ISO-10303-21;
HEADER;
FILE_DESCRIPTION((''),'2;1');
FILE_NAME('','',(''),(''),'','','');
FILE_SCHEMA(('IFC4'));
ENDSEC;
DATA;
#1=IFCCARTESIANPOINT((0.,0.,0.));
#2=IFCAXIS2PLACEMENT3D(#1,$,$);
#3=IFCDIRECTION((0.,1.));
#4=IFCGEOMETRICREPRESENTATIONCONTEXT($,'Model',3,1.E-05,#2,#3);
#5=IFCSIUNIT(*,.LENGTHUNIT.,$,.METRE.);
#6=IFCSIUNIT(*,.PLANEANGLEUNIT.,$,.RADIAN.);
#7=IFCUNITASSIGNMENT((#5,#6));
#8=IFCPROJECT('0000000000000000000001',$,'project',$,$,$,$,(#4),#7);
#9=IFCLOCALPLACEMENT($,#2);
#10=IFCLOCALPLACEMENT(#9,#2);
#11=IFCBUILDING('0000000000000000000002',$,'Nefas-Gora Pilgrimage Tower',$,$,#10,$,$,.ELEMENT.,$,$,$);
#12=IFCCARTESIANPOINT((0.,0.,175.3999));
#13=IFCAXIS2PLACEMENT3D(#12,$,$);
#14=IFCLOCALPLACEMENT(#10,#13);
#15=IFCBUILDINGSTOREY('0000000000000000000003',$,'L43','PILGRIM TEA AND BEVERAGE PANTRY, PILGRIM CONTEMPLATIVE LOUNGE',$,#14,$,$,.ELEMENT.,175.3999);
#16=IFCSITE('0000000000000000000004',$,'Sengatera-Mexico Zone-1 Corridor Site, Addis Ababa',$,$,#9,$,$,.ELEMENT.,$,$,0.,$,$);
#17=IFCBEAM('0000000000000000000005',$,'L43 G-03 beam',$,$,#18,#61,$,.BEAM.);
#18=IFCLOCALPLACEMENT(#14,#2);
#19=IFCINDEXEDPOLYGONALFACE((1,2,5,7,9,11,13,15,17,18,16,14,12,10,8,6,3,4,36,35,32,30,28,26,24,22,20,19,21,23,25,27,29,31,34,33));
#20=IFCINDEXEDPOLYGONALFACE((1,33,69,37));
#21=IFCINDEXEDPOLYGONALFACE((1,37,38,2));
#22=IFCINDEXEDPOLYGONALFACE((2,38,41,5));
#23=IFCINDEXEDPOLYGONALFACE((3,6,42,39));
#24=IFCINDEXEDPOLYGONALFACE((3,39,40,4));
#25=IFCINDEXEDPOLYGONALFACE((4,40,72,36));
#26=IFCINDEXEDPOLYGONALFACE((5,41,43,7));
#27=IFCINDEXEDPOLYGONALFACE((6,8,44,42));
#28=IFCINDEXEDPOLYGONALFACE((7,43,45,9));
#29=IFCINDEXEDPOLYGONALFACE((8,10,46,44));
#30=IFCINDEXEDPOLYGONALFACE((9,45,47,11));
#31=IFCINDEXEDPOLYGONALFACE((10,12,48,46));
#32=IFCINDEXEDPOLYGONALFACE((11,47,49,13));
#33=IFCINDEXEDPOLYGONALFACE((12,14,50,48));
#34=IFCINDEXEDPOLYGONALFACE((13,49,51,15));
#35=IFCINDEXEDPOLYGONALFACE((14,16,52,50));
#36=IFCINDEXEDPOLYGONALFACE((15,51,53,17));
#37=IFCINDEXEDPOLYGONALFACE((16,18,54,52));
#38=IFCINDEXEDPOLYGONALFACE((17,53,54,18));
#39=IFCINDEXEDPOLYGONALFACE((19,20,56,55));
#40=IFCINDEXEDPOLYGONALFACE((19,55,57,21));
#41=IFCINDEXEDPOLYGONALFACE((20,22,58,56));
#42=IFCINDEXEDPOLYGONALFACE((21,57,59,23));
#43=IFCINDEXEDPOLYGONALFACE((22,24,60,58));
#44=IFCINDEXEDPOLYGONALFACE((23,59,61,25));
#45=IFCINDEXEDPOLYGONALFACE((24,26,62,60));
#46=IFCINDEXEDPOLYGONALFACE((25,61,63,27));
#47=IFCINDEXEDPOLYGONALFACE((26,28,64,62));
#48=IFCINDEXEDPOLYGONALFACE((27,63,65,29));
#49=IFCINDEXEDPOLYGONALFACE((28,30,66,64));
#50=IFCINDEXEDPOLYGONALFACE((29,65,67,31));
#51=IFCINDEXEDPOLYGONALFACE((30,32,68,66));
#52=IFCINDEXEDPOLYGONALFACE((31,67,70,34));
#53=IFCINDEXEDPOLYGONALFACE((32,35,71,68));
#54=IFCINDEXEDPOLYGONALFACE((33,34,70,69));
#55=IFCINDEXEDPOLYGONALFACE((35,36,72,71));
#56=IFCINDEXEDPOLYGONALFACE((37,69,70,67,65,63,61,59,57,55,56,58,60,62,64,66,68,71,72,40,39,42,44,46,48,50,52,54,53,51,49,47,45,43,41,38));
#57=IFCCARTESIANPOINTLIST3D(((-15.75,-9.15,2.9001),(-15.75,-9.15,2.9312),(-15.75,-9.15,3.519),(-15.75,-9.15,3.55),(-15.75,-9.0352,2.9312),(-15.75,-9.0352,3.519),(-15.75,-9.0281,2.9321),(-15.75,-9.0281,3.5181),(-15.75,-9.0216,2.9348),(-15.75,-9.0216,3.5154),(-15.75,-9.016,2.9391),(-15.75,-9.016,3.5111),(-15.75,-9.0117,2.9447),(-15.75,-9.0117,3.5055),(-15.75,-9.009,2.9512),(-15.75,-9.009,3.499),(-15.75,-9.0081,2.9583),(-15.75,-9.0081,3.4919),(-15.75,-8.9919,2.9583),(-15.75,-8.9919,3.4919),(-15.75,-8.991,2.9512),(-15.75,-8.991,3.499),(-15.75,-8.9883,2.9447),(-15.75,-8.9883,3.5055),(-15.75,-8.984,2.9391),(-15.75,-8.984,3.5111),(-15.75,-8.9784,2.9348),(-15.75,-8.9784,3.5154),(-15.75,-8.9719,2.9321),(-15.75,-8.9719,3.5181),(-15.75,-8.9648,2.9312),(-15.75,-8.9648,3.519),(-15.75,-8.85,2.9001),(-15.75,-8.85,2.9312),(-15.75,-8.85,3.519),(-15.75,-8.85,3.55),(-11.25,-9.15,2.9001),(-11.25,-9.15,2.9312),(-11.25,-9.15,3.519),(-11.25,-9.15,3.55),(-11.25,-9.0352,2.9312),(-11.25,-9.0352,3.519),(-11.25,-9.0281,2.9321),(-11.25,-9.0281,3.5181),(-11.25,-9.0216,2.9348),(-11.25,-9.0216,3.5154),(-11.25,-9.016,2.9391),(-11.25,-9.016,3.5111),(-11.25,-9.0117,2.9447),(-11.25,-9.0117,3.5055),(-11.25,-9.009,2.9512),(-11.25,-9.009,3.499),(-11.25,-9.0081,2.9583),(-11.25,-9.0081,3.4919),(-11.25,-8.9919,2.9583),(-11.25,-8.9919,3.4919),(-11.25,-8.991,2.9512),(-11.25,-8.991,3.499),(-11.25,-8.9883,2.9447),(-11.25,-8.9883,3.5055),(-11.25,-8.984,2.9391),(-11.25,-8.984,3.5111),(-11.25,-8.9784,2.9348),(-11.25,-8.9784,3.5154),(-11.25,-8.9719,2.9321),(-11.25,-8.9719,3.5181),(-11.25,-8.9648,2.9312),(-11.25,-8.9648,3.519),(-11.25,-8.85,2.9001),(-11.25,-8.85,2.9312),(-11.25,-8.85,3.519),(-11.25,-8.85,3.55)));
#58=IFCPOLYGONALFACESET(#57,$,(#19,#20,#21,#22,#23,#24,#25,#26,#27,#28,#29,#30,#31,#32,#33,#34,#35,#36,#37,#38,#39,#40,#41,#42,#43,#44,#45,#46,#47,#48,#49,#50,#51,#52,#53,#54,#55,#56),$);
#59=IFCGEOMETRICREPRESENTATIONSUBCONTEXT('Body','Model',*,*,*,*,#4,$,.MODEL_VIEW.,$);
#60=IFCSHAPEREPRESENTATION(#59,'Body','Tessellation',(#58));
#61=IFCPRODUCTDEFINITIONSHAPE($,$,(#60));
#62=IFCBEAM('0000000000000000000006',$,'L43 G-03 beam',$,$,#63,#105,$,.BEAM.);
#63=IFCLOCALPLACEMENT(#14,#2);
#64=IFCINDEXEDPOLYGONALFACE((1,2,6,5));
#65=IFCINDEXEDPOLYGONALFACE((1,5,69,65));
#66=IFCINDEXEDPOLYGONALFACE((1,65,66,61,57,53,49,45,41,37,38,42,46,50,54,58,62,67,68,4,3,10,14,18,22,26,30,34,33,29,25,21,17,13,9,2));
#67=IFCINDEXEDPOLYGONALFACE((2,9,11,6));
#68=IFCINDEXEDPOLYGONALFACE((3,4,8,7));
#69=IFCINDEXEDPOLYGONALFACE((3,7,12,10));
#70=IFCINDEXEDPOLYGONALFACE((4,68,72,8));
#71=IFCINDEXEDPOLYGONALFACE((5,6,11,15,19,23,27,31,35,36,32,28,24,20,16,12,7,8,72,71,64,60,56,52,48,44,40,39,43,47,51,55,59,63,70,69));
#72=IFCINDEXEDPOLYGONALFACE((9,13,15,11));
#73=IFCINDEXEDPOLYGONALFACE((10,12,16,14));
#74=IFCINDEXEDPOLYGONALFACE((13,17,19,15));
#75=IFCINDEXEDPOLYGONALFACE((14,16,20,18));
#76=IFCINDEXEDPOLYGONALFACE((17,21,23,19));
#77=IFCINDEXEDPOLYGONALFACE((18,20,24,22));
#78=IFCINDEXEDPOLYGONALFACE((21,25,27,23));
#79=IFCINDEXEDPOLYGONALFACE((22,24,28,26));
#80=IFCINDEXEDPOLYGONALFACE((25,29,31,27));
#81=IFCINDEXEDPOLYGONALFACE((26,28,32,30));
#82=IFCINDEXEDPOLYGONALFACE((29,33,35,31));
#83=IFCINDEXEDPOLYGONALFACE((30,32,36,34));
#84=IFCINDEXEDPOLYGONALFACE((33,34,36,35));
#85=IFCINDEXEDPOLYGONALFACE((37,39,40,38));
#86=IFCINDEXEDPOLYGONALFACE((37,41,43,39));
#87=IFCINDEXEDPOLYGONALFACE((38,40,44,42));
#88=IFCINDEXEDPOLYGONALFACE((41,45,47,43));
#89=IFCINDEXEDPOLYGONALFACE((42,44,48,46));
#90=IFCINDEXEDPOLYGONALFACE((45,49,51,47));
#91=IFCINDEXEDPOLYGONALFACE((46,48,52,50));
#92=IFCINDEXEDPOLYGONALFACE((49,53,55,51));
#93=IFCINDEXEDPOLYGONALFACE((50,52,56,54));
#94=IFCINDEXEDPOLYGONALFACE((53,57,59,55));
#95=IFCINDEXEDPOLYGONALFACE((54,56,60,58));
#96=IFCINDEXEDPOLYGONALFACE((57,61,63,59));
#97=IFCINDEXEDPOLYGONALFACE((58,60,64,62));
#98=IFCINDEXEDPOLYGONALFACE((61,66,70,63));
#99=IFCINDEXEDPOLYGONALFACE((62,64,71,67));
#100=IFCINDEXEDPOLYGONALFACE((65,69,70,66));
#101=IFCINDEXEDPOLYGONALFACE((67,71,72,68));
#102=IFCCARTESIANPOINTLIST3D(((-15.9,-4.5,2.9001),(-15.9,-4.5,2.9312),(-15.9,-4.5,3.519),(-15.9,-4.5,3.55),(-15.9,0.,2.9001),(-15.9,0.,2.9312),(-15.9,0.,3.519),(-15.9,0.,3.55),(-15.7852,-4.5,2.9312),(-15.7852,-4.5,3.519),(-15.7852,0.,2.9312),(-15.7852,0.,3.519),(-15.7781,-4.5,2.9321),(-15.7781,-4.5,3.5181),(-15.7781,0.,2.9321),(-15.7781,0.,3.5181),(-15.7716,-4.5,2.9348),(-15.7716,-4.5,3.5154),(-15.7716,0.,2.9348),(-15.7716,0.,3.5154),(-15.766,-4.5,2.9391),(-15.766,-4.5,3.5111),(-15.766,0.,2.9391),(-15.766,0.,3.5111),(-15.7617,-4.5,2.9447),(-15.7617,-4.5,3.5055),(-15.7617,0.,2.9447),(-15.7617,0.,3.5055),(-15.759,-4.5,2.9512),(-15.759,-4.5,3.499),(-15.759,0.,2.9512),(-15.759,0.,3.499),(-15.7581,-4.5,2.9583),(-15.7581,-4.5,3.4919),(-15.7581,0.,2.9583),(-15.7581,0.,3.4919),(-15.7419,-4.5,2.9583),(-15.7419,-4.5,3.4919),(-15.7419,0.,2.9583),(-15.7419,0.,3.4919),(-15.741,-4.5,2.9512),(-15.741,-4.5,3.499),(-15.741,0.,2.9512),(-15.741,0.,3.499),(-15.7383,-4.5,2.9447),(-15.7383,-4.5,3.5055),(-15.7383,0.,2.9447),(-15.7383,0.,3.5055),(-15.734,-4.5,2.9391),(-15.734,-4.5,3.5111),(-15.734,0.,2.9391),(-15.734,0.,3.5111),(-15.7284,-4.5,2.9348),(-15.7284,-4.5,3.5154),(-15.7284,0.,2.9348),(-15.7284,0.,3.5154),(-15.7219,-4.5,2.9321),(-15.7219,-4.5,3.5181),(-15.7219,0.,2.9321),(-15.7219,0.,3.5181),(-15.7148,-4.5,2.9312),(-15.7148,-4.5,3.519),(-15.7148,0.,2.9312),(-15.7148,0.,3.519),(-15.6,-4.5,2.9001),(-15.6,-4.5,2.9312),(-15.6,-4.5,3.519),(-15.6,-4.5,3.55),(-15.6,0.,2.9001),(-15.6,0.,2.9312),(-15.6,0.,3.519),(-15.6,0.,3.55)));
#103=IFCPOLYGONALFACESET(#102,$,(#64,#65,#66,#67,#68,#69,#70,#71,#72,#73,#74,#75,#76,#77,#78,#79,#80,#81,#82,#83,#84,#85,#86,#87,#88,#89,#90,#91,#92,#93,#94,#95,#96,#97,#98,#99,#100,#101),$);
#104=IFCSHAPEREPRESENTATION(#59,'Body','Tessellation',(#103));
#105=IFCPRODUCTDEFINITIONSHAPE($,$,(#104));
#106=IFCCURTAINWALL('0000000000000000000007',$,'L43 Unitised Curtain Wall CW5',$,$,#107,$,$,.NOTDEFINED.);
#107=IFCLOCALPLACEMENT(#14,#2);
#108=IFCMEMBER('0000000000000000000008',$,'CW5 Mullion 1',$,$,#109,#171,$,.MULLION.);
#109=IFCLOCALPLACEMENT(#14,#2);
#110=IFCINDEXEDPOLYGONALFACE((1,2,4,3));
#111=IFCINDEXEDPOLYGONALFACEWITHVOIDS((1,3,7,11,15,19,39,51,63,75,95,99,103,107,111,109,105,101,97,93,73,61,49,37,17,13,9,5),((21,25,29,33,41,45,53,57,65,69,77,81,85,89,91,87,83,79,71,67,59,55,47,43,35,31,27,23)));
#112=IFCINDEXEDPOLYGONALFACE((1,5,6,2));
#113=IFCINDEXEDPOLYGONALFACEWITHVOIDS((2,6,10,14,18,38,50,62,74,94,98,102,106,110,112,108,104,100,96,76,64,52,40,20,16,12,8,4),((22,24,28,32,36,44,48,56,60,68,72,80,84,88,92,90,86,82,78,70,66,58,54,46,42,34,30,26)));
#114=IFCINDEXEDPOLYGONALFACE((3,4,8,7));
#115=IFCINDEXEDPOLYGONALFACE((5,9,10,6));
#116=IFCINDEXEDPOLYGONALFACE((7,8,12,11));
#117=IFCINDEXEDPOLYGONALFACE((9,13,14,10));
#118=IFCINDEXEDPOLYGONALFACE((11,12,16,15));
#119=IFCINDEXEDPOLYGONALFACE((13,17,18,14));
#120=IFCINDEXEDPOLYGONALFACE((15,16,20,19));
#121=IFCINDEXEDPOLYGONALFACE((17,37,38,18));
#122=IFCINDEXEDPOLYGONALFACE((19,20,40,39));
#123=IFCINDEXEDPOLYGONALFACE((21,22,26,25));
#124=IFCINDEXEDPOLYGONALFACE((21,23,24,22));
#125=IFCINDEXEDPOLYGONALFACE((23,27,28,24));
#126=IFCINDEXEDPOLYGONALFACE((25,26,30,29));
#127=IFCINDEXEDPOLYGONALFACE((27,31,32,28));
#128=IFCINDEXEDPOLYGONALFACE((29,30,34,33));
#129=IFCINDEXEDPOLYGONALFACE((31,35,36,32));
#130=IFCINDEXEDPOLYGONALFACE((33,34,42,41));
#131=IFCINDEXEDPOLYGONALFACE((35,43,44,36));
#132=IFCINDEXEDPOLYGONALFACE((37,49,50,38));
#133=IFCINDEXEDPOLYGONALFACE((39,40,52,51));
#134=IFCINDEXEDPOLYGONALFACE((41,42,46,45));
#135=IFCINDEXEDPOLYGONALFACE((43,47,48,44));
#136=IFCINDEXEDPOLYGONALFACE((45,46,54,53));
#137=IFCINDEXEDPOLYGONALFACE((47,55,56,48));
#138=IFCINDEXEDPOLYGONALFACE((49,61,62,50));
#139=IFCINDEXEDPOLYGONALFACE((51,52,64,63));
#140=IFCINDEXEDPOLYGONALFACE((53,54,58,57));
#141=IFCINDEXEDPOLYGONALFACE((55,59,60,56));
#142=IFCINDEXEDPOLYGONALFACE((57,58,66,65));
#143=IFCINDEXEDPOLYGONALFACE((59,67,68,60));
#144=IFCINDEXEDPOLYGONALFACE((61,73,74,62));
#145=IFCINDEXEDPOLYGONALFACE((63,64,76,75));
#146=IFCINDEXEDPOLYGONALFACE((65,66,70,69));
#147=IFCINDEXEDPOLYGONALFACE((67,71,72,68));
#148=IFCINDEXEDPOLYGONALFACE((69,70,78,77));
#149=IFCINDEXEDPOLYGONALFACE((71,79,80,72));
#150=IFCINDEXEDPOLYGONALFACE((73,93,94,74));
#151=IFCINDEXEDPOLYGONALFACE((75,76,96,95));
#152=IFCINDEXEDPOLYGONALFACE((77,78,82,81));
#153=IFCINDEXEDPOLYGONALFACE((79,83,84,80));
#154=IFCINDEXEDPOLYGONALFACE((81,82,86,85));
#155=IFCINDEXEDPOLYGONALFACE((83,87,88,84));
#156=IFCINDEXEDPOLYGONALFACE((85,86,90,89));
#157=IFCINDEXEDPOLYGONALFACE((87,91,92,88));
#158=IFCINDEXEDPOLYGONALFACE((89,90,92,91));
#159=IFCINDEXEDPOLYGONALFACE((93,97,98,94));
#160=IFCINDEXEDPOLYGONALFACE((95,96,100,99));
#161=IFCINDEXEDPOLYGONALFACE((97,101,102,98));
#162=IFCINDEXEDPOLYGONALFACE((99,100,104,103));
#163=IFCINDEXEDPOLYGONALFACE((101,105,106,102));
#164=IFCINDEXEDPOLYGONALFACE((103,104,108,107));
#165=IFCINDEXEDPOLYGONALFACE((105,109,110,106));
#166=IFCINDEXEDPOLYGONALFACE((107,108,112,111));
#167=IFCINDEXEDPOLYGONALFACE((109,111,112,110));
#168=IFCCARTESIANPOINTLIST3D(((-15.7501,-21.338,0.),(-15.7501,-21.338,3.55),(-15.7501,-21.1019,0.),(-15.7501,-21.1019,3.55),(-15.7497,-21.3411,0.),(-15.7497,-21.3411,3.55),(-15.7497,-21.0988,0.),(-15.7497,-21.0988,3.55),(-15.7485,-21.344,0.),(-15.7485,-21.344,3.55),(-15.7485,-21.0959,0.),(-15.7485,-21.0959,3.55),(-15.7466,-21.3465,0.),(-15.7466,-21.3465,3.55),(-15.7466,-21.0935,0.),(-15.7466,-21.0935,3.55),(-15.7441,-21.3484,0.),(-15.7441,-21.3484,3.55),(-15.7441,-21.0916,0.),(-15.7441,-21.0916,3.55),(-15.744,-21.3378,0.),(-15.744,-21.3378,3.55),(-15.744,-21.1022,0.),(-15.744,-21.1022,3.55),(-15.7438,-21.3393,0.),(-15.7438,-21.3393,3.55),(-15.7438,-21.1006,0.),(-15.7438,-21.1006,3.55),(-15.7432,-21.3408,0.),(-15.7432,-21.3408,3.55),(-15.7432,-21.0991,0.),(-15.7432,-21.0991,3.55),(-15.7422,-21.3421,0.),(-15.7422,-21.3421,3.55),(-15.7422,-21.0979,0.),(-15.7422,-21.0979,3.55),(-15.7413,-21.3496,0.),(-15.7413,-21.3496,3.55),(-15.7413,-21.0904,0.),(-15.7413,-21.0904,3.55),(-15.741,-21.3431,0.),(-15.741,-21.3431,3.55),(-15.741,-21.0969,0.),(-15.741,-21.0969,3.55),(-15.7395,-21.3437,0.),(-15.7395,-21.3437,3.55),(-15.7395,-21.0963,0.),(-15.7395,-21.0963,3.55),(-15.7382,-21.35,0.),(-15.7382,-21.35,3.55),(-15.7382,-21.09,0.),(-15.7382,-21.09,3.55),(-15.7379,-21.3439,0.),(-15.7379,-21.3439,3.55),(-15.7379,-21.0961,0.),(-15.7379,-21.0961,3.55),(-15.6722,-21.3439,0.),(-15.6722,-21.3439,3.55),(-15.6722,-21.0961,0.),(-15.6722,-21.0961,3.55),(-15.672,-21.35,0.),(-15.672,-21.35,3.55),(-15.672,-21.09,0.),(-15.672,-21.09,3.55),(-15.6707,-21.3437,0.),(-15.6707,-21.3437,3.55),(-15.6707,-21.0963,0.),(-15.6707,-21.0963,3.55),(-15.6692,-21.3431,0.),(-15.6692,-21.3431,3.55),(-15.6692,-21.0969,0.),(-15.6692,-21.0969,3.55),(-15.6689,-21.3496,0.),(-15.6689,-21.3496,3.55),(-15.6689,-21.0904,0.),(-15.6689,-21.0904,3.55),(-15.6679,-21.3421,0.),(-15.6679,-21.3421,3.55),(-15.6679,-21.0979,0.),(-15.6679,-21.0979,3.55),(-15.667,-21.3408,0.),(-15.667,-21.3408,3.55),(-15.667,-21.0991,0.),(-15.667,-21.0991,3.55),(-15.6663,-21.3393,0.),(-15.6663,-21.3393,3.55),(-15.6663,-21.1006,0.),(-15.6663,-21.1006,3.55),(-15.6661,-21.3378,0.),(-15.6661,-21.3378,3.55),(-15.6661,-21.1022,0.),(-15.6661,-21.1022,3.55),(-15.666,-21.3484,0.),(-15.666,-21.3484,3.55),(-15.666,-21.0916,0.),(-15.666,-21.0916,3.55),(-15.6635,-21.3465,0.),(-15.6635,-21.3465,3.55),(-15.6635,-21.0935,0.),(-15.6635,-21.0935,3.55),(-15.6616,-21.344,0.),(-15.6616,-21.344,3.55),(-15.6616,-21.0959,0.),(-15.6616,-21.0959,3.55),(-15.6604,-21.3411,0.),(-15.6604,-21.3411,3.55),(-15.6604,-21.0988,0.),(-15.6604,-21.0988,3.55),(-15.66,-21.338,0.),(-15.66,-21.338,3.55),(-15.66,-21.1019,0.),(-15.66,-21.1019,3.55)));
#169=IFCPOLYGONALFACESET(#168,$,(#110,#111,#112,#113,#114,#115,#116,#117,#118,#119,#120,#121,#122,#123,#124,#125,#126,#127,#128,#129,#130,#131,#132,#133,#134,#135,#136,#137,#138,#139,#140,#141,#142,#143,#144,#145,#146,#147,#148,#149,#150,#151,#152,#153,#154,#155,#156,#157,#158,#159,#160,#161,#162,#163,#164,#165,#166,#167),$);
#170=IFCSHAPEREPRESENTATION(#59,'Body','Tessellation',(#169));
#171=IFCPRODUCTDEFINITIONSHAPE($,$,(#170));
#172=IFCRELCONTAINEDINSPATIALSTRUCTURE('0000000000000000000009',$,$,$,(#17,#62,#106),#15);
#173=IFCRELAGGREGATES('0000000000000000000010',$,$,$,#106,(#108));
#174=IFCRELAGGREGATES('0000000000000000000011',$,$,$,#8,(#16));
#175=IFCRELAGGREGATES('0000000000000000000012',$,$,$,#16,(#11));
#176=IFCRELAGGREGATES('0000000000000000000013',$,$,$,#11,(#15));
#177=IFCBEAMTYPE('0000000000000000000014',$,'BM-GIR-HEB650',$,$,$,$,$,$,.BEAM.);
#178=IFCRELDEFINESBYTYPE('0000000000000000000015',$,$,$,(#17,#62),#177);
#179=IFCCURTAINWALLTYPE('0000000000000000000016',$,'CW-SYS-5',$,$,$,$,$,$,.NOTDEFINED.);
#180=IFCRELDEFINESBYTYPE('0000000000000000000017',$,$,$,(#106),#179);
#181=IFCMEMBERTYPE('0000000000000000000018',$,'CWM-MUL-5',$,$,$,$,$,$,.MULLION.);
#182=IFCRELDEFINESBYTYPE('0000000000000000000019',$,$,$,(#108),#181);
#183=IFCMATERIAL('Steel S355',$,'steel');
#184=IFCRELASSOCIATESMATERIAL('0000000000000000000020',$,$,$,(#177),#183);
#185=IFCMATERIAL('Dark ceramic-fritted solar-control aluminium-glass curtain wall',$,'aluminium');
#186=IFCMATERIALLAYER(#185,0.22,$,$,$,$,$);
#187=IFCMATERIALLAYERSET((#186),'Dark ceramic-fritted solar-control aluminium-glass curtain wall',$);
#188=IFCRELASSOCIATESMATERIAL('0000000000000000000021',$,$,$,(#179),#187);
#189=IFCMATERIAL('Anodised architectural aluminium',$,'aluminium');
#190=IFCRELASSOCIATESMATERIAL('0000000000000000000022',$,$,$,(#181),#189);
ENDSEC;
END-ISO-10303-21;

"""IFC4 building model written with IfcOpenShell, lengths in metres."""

from ifc_helpers import new_model, si_unit, direction, frame, origin, origin_2d, place, context, subcontext, project, spatial, hollow_rectangle, i_section, extrude, source, transform, mapped, material, layer, layer_set, material_profile, profile_set, type_object, element, aggregate, save


model = new_model("IFC4")

# Units and contexts
model_context = context("Model", 3, precision=1e-05, world=origin(), true_north=direction((0.0, 1.0)))
body_context = subcontext(model_context, "Body", "Model", "MODEL_VIEW")
ifc_project = project(units=[si_unit("LENGTHUNIT", "METRE"), si_unit("PLANEANGLEUNIT", "RADIAN")], contexts=[model_context])

# Site, building, storey
site_placement = place(None, origin())
site = spatial("IfcSite", under=ifc_project, at=site_placement, Name="Sengatera-Mexico Zone-1 Corridor Site, Addis Ababa", CompositionType="ELEMENT", RefElevation=0.0)
building_placement = place(site_placement, origin())
building = spatial("IfcBuilding", under=site, at=building_placement, Name="Nefas-Gora Pilgrimage Tower", CompositionType="ELEMENT")
storey_placement = place(building_placement, frame((0.0, 0.0, 175.3999)))
storey = spatial("IfcBuildingStorey", under=building, at=storey_placement, Name="L43", Description="PILGRIM TEA AND BEVERAGE PANTRY, PILGRIM CONTEMPLATIVE LOUNGE", CompositionType="ELEMENT", Elevation=175.3999)

# Beams
ifc_material_1 = material(Name="Steel S355", Category="steel")
ifc_material_profile_1 = material_profile(ifc_material_1, i_section(OverallWidth=0.3, OverallDepth=0.6499, WebThickness=0.0161, FlangeThickness=0.031, FilletRadius=0.0271, at=origin_2d()), Name="HEB 650")
ifc_profile_set_1 = profile_set([ifc_material_profile_1], Name="Steel S355")
beam_type = type_object("IfcBeamType", Name="BM-GIR-HEB650", PredefinedType="BEAM", material=ifc_profile_set_1)
shared_shape_1 = source(origin(), body_context, "Body", "SweptSolid", [
    extrude(i_section(OverallWidth=0.3, OverallDepth=0.6499, WebThickness=0.0161, FlangeThickness=0.031, FilletRadius=0.0271, at=origin_2d()), origin(), (0.0, 0.0, 1.0), 4.5),
])
for number, where, z_axis, x_axis, name in (
    (1, (-15.75, -9.0, 3.2251), (1.0, 0.0, 0.0), (0.0, 1.0, 0.0), "L43 G-03 beam"),
    (2, (-15.75, -4.5, 3.2251), (0.0, 1.0, 0.0), (-1.0, 0.0, 0.0), "L43 G-03 beam"),
):
    element("IfcBeam", number, at=place(storey_placement, frame(where, z_axis=z_axis, x_axis=x_axis)), inside=storey, type_object=beam_type, Name=name, PredefinedType="BEAM", context=body_context, shape_type="MappedRepresentation", body=[
        mapped(shared_shape_1, transform((0.0, 0.0, 0.0), x_axis=(1.0, 0.0, 0.0), y_axis=(0.0, 1.0, 0.0), z_axis=(0.0, 0.0, 1.0), scale=1.0)),
    ])

# Curtain wall, member
ifc_material_2 = material(Name="Dark ceramic-fritted solar-control aluminium-glass curtain wall", Category="aluminium")
ifc_layer_1 = layer(ifc_material_2, 0.22)
ifc_layer_set_1 = layer_set([ifc_layer_1], Name="Dark ceramic-fritted solar-control aluminium-glass curtain wall")
curtain_wall_type_1 = type_object("IfcCurtainWallType", Name="CW-SYS-5", PredefinedType="NOTDEFINED", material=ifc_layer_set_1)
curtain_wall_1_placement = place(storey_placement, origin())
curtain_wall_1 = element("IfcCurtainWall", 3, at=curtain_wall_1_placement, inside=storey, type_object=curtain_wall_type_1, Name="L43 Unitised Curtain Wall CW5", PredefinedType="NOTDEFINED")
ifc_material_3 = material(Name="Anodised architectural aluminium", Category="aluminium")
ifc_material_profile_2 = material_profile(ifc_material_3, hollow_rectangle(XDim=0.0901, YDim=0.26, WallThickness=0.0061, InnerFilletRadius=0.0061, OuterFilletRadius=0.012, at=origin_2d()), Name="ALU MULLION 90x260")
ifc_profile_set_2 = profile_set([ifc_material_profile_2], Name="Anodised architectural aluminium")
member_type_1 = type_object("IfcMemberType", Name="CWM-MUL-5", PredefinedType="MULLION", material=ifc_profile_set_2)
shared_shape_2 = source(origin(), body_context, "Body", "SweptSolid", [
    extrude(hollow_rectangle(XDim=0.0901, YDim=0.26, WallThickness=0.0061, InnerFilletRadius=0.0061, OuterFilletRadius=0.012, at=origin_2d()), origin(), (0.0, 0.0, 1.0), 3.55),
])
member_1_placement = place(storey_placement, frame((-15.7051, -21.22, 0.0), z_axis=(0.0, 0.0, 1.0), x_axis=(1.0, 0.0, 0.0)))
member_1 = element("IfcMember", 4, at=member_1_placement, type_object=member_type_1, Name="CW5 Mullion 1", PredefinedType="MULLION", context=body_context, shape_type="MappedRepresentation", body=[
    mapped(shared_shape_2, transform((0.0, 0.0, 0.0), x_axis=(1.0, 0.0, 0.0), y_axis=(0.0, 1.0, 0.0), z_axis=(0.0, 0.0, 1.0), scale=1.0)),
])

aggregate(curtain_wall_1, [member_1])

save(model, "model.ifc")
